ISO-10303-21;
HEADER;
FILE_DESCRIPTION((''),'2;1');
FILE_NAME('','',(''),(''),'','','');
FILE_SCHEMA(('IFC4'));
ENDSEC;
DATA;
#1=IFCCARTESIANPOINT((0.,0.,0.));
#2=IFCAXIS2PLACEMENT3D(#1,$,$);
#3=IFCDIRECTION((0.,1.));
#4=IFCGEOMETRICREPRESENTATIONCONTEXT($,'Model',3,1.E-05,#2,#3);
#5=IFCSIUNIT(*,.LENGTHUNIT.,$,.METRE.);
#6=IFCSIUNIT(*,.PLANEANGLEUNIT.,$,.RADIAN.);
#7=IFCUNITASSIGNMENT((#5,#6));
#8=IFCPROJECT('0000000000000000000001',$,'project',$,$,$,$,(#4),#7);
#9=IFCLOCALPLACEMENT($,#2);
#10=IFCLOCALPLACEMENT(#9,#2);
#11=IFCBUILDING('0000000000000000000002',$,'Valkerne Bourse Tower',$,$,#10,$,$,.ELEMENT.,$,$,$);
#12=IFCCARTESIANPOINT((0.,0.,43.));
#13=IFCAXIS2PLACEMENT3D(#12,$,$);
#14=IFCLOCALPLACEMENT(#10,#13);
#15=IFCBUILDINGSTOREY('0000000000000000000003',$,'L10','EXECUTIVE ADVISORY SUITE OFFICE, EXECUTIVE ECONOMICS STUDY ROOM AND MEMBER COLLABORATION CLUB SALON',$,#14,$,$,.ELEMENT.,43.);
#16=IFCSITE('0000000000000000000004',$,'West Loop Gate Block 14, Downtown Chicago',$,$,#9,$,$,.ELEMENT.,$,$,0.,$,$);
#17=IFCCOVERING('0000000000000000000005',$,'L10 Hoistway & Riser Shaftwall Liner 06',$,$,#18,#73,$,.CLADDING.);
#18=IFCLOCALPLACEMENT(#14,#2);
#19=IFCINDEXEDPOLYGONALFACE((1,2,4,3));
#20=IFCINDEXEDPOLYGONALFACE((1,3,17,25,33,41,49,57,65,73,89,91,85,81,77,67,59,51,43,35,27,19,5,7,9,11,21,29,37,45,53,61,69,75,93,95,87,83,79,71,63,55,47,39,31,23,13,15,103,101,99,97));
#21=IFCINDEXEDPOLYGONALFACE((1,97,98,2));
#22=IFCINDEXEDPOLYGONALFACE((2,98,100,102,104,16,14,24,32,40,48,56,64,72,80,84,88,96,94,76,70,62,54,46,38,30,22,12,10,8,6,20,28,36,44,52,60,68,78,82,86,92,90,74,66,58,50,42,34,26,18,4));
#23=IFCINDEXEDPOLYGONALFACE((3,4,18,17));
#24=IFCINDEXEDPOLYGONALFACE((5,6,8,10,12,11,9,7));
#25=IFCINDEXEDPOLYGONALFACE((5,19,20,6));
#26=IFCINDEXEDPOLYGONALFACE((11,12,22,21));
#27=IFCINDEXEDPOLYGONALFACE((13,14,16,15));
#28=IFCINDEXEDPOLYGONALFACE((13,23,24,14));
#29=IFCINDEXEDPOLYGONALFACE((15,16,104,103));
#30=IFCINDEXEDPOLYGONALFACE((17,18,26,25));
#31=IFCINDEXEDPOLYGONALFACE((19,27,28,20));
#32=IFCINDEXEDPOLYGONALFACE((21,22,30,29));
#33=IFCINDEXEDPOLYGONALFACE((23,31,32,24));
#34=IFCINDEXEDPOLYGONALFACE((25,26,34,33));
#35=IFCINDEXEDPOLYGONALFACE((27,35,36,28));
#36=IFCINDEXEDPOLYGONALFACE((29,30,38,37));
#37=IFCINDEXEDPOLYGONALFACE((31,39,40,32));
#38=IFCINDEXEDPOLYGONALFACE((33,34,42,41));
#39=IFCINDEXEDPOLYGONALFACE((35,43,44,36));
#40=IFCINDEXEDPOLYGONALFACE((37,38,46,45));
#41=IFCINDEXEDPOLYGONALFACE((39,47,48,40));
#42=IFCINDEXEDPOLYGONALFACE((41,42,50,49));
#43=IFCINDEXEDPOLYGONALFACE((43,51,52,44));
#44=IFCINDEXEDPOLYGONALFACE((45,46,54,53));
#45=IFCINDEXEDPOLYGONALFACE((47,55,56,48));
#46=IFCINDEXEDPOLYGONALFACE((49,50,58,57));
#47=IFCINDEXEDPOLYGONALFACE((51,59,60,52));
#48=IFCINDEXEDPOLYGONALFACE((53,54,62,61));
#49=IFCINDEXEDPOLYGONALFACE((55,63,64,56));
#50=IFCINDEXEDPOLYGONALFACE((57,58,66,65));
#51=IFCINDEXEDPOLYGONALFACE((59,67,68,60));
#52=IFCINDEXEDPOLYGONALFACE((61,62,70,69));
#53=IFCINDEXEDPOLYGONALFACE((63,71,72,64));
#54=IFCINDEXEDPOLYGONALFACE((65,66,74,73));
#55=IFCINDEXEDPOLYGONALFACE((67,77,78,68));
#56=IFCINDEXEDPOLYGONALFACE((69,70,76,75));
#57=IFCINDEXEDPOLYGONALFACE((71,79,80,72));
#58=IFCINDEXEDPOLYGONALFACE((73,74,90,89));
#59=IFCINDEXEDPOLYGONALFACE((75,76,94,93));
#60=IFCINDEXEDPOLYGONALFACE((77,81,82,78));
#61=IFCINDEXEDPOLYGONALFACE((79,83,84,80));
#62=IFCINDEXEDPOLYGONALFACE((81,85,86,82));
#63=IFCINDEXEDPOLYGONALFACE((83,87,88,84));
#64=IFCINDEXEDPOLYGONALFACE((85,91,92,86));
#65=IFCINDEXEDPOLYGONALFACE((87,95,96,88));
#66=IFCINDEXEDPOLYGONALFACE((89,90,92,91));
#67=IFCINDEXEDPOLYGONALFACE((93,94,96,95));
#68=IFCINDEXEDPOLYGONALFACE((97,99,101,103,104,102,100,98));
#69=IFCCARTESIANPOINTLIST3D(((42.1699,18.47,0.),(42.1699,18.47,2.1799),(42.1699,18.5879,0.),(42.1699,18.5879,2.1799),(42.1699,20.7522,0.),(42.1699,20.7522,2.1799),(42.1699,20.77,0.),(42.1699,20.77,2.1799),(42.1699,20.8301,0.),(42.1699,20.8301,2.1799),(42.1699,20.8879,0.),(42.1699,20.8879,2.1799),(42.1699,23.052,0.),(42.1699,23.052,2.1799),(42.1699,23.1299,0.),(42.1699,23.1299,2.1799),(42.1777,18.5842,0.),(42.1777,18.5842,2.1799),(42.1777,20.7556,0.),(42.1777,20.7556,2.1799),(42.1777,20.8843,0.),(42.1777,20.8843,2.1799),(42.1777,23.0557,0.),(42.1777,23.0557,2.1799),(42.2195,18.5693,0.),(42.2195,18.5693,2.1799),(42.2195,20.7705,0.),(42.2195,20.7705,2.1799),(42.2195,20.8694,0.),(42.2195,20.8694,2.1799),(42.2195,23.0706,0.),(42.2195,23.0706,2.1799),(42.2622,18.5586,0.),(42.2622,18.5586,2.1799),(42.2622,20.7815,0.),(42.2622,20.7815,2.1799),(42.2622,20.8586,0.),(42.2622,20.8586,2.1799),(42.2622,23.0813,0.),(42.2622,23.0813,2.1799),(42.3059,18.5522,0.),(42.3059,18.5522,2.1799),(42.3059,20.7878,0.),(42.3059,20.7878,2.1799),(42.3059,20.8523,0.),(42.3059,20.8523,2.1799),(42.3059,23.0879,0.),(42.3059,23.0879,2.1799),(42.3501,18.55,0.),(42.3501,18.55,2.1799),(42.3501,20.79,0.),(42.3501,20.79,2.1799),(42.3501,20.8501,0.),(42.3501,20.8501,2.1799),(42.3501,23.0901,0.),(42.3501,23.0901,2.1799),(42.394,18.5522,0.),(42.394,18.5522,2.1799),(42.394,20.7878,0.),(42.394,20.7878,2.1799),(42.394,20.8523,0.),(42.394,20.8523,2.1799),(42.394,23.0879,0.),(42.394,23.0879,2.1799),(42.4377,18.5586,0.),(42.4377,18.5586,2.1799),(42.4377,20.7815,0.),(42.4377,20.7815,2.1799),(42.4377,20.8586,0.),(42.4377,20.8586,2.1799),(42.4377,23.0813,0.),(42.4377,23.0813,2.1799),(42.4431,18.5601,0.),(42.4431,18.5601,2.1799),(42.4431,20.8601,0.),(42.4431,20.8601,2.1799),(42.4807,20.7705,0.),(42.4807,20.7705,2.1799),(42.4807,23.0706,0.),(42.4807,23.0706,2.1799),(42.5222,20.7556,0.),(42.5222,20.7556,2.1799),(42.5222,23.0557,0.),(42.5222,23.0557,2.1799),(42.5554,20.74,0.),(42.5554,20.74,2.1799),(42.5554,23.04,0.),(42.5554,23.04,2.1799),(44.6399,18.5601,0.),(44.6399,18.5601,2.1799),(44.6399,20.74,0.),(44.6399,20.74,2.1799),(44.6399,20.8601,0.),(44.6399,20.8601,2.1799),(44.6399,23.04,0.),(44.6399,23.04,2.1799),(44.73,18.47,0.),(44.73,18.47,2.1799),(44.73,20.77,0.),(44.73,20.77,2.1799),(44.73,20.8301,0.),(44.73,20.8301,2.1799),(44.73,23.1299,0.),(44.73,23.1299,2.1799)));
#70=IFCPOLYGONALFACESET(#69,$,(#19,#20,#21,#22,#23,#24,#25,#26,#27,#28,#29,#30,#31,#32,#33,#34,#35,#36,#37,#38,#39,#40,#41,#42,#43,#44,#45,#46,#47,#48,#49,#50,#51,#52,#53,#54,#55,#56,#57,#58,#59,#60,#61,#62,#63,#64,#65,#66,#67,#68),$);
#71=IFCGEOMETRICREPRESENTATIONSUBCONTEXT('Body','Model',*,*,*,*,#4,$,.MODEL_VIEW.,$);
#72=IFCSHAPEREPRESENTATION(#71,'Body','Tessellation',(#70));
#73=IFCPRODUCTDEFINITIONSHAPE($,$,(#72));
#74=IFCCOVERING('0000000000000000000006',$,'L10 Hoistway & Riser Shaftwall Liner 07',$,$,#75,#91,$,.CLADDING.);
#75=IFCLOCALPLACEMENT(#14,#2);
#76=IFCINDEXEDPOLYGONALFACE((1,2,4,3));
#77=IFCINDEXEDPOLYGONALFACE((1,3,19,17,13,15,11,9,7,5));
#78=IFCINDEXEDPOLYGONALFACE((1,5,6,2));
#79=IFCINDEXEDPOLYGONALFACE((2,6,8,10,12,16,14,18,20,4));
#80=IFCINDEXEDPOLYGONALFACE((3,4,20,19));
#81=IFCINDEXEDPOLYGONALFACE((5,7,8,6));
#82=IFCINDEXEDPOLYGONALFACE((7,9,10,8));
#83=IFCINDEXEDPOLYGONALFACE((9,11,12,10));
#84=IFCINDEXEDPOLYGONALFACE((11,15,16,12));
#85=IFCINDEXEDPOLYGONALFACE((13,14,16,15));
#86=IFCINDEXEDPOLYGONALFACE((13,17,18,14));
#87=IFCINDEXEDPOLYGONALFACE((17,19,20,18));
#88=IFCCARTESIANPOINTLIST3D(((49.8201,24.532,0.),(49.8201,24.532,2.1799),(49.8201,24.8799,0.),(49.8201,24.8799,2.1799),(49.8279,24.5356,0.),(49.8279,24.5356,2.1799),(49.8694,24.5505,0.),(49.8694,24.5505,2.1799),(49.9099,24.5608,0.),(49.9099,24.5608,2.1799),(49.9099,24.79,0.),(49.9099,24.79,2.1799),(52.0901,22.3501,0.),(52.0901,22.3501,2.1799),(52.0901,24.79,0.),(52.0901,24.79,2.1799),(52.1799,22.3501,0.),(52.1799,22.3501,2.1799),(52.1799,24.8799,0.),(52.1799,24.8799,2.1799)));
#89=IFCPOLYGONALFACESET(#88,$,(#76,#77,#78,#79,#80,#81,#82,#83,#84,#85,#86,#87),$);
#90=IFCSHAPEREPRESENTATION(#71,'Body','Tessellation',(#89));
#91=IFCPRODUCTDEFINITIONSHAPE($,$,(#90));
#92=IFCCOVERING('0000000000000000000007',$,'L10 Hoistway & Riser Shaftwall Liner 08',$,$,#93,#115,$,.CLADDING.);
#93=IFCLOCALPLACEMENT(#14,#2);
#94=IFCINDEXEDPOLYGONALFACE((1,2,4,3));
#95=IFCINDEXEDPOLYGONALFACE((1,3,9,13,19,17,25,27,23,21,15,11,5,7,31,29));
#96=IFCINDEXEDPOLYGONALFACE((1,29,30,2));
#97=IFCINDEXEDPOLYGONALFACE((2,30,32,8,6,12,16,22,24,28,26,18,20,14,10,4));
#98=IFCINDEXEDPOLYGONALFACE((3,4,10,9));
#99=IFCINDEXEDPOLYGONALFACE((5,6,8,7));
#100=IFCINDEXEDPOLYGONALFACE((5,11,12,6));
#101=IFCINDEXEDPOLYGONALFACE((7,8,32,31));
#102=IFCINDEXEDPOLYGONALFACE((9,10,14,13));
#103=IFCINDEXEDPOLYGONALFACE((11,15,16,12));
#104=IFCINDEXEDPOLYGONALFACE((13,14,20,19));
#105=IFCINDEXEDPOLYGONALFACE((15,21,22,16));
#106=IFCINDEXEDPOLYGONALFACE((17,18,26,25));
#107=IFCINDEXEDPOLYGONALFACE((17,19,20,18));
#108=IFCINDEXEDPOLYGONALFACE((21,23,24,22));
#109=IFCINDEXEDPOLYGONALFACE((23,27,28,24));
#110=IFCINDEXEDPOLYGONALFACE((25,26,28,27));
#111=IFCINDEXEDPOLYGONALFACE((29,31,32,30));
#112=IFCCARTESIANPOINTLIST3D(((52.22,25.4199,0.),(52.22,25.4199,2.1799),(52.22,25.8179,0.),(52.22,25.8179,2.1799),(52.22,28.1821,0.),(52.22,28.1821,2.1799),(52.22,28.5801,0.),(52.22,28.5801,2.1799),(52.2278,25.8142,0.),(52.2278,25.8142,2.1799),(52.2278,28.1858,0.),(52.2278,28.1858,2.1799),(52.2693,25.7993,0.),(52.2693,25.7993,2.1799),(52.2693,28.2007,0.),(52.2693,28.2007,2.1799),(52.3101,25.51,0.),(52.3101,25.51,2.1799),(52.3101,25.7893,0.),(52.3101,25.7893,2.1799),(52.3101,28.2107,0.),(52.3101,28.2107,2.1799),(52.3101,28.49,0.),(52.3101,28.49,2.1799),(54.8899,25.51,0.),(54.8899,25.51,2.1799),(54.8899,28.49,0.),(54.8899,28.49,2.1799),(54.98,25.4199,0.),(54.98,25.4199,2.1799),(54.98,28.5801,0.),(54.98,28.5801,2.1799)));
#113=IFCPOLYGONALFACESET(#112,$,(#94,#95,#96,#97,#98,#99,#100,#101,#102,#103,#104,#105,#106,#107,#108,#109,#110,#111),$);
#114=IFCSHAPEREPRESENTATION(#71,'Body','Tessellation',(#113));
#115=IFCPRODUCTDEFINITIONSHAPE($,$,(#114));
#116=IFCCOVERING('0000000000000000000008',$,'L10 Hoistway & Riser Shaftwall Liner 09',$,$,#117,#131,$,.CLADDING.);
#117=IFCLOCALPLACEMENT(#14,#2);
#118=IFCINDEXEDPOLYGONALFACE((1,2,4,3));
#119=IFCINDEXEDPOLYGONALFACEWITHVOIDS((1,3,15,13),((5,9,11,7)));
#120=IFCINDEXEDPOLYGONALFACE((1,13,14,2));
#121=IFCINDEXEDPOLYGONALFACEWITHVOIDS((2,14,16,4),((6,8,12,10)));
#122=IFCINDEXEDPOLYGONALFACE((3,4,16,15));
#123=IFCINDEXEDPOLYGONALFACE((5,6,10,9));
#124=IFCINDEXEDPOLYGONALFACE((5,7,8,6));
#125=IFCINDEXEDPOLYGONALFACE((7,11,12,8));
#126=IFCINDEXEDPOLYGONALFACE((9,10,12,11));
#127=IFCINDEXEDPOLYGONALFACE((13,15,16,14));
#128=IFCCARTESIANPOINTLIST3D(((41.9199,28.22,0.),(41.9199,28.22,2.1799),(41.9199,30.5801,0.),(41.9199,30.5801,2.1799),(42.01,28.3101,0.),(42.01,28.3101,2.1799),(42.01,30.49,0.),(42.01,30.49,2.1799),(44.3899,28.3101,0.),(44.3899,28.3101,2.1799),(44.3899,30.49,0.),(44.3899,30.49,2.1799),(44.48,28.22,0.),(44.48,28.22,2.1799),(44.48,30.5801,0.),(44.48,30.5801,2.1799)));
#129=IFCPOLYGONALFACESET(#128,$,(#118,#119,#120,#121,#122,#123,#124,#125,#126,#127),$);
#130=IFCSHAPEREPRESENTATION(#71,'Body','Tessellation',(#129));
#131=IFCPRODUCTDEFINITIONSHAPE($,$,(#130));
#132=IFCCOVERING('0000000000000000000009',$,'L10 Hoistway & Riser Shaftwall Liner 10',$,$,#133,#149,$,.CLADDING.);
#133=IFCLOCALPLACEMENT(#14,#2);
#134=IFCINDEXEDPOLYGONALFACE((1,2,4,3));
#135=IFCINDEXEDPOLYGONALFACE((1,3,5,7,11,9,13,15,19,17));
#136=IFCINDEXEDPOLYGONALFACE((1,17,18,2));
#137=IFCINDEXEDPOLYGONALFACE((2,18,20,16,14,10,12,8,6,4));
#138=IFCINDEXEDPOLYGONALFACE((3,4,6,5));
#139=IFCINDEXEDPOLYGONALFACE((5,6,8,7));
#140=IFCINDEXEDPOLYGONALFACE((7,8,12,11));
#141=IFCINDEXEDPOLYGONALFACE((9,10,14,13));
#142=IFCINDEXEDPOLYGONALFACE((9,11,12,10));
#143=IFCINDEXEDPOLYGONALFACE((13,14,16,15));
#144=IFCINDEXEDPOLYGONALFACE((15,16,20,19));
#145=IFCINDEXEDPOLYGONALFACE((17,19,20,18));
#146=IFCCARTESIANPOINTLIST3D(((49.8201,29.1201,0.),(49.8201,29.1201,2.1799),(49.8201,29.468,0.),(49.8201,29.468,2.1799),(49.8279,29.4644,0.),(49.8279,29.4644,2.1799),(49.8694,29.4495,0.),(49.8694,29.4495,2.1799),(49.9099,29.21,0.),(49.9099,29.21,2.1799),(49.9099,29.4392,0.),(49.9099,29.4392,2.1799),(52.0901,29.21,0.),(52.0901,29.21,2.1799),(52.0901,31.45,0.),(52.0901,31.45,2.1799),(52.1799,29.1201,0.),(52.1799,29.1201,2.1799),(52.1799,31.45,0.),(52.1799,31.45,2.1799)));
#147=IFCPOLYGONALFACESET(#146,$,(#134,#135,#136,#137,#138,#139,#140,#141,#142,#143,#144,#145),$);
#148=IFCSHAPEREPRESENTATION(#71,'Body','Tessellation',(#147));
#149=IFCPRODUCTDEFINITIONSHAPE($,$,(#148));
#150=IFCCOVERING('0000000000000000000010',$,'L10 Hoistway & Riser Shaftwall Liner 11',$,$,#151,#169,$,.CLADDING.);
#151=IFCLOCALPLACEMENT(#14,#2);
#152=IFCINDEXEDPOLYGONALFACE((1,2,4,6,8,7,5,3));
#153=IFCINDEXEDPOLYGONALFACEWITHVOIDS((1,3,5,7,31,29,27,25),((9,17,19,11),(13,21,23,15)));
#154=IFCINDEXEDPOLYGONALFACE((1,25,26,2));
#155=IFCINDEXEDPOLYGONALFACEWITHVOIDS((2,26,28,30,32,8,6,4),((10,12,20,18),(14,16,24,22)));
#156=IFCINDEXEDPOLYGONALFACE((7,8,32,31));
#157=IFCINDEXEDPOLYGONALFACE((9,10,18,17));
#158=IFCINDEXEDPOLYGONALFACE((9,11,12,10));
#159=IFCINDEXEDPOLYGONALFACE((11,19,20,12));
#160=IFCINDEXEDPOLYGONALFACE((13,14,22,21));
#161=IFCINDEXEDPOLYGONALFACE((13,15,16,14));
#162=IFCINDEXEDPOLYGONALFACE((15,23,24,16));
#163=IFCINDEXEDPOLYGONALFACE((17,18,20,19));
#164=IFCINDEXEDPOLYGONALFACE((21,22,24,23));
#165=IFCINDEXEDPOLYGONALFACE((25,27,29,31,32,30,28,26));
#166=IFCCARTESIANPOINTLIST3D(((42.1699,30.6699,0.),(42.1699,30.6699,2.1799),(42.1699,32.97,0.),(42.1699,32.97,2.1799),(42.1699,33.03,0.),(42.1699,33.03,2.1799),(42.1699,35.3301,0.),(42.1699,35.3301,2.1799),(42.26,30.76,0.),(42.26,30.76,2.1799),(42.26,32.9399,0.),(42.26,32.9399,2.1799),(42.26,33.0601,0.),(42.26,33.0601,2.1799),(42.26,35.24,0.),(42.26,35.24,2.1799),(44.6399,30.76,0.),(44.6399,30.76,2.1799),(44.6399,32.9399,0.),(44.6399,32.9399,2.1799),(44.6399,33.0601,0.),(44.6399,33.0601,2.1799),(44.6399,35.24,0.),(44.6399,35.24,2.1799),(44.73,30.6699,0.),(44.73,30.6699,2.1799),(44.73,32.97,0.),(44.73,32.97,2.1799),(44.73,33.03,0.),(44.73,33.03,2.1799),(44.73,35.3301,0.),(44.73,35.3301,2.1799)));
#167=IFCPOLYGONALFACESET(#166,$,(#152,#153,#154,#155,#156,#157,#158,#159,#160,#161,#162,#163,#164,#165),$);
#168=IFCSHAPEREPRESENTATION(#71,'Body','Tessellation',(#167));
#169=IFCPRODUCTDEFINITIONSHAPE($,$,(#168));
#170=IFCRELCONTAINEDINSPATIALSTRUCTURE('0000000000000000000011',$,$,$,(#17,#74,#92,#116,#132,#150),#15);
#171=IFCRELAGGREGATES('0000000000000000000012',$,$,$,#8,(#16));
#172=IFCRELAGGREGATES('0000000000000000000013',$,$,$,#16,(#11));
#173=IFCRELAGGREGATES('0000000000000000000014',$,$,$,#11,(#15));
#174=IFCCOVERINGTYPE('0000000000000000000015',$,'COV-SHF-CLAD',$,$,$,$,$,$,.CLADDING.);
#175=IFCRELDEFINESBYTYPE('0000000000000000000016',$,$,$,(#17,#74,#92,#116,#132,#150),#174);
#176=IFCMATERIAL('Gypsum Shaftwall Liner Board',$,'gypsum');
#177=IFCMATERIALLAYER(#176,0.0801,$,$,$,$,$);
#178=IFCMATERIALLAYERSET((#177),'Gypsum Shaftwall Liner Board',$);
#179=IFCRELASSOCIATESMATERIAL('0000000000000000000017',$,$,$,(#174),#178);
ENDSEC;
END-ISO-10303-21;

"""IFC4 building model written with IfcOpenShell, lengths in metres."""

from ifc_helpers import new_model, si_unit, direction, frame, origin, place, context, subcontext, project, spatial, polyline, outline, extrude, material, layer, layer_set, type_object, element, save


model = new_model("IFC4")

# Units and contexts
model_context = context("Model", 3, precision=1e-05, world=origin(), true_north=direction((0.0, 1.0)))
body_context = subcontext(model_context, "Body", "Model", "MODEL_VIEW")
ifc_project = project(units=[si_unit("LENGTHUNIT", "METRE"), si_unit("PLANEANGLEUNIT", "RADIAN")], contexts=[model_context])

# Site, building, storey
site_placement = place(None, origin())
site = spatial("IfcSite", under=ifc_project, at=site_placement, Name="West Loop Gate Block 14, Downtown Chicago", CompositionType="ELEMENT", RefElevation=0.0)
building_placement = place(site_placement, origin())
building = spatial("IfcBuilding", under=site, at=building_placement, Name="Valkerne Bourse Tower", CompositionType="ELEMENT")
storey_placement = place(building_placement, frame((0.0, 0.0, 43.0)))
storey = spatial("IfcBuildingStorey", under=building, at=storey_placement, Name="L10", Description="EXECUTIVE ADVISORY SUITE OFFICE, EXECUTIVE ECONOMICS STUDY ROOM AND MEMBER COLLABORATION CLUB SALON", CompositionType="ELEMENT", Elevation=43.0)

# Coverings
ifc_material_1 = material(Name="Gypsum Shaftwall Liner Board", Category="gypsum")
ifc_layer_1 = layer(ifc_material_1, 0.0801)
ifc_layer_set_1 = layer_set([ifc_layer_1], Name="Gypsum Shaftwall Liner Board")
covering_type_1 = type_object("IfcCoveringType", Name="COV-SHF-CLAD", PredefinedType="CLADDING", material=ifc_layer_set_1)
covering_1_placement = place(storey_placement, origin())
element("IfcCovering", 1, at=covering_1_placement, inside=storey, type_object=covering_type_1, Name="L10 Hoistway & Riser Shaftwall Liner 06", PredefinedType="CLADDING", context=body_context, shape_type="SweptSolid", body=[
    extrude(outline(polyline([(42.1699, 20.8301), (42.1699, 20.8879), (42.1777, 20.8843), (42.2195, 20.8694), (42.2622, 20.8586), (42.3059, 20.8523), (42.3501, 20.8501), (42.394, 20.8523), (42.4377, 20.8586), (42.4431, 20.8601), (44.6399, 20.8601), (44.6399, 23.04), (42.5554, 23.04), (42.5222, 23.0557), (42.4807, 23.0706), (42.4377, 23.0813), (42.394, 23.0879), (42.3501, 23.0901), (42.3059, 23.0879), (42.2622, 23.0813), (42.2195, 23.0706), (42.1777, 23.0557), (42.1699, 23.052), (42.1699, 23.1299), (44.73, 23.1299), (44.73, 20.8301), (44.73, 20.77), (44.73, 18.47), (42.1699, 18.47), (42.1699, 18.5879), (42.1777, 18.5842), (42.2195, 18.5693), (42.2622, 18.5586), (42.3059, 18.5522), (42.3501, 18.55), (42.394, 18.5522), (42.4377, 18.5586), (42.4431, 18.5601), (44.6399, 18.5601), (44.6399, 20.74), (42.5554, 20.74), (42.5222, 20.7556), (42.4807, 20.7705), (42.4377, 20.7815), (42.394, 20.7878), (42.3501, 20.79), (42.3059, 20.7878), (42.2622, 20.7815), (42.2195, 20.7705), (42.1777, 20.7556), (42.1699, 20.7522), (42.1699, 20.77), (42.1699, 20.8301)])), origin(), (0.0, 0.0, 1.0), 2.1799),
])
covering_2_placement = place(storey_placement, origin())
element("IfcCovering", 2, at=covering_2_placement, inside=storey, type_object=covering_type_1, Name="L10 Hoistway & Riser Shaftwall Liner 07", PredefinedType="CLADDING", context=body_context, shape_type="SweptSolid", body=[
    extrude(outline(polyline([(52.1799, 22.3501), (52.0901, 22.3501), (52.0901, 24.79), (49.9099, 24.79), (49.9099, 24.5608), (49.8694, 24.5505), (49.8279, 24.5356), (49.8201, 24.532), (49.8201, 24.8799), (52.1799, 24.8799), (52.1799, 22.3501)])), origin(), (0.0, 0.0, 1.0), 2.1799),
])
covering_3_placement = place(storey_placement, origin())
element("IfcCovering", 3, at=covering_3_placement, inside=storey, type_object=covering_type_1, Name="L10 Hoistway & Riser Shaftwall Liner 08", PredefinedType="CLADDING", context=body_context, shape_type="SweptSolid", body=[
    extrude(outline(polyline([(54.98, 25.4199), (52.22, 25.4199), (52.22, 25.8179), (52.2278, 25.8142), (52.2693, 25.7993), (52.3101, 25.7893), (52.3101, 25.51), (54.8899, 25.51), (54.8899, 28.49), (52.3101, 28.49), (52.3101, 28.2107), (52.2693, 28.2007), (52.2278, 28.1858), (52.22, 28.1821), (52.22, 28.5801), (54.98, 28.5801), (54.98, 25.4199)])), origin(), (0.0, 0.0, 1.0), 2.1799),
])
covering_4_placement = place(storey_placement, origin())
element("IfcCovering", 4, at=covering_4_placement, inside=storey, type_object=covering_type_1, Name="L10 Hoistway & Riser Shaftwall Liner 09", PredefinedType="CLADDING", context=body_context, shape_type="SweptSolid", body=[
    extrude(outline(polyline([(44.48, 28.22), (41.9199, 28.22), (41.9199, 30.5801), (44.48, 30.5801), (44.48, 28.22)]), holes=[polyline([(42.01, 30.49), (42.01, 28.3101), (44.3899, 28.3101), (44.3899, 30.49), (42.01, 30.49)])]), origin(), (0.0, 0.0, 1.0), 2.1799),
])
covering_5_placement = place(storey_placement, origin())
element("IfcCovering", 5, at=covering_5_placement, inside=storey, type_object=covering_type_1, Name="L10 Hoistway & Riser Shaftwall Liner 10", PredefinedType="CLADDING", context=body_context, shape_type="SweptSolid", body=[
    extrude(outline(polyline([(49.8201, 29.1201), (49.8201, 29.468), (49.8279, 29.4644), (49.8694, 29.4495), (49.9099, 29.4392), (49.9099, 29.21), (52.0901, 29.21), (52.0901, 31.45), (52.1799, 31.45), (52.1799, 29.1201), (49.8201, 29.1201)])), origin(), (0.0, 0.0, 1.0), 2.1799),
])
covering_6_placement = place(storey_placement, origin())
element("IfcCovering", 6, at=covering_6_placement, inside=storey, type_object=covering_type_1, Name="L10 Hoistway & Riser Shaftwall Liner 11", PredefinedType="CLADDING", context=body_context, shape_type="SweptSolid", body=[
    extrude(outline(polyline([(44.73, 35.3301), (44.73, 33.03), (44.73, 32.97), (44.73, 30.6699), (42.1699, 30.6699), (42.1699, 32.97), (42.1699, 33.03), (42.1699, 35.3301), (44.73, 35.3301)]), holes=[polyline([(42.26, 30.76), (44.6399, 30.76), (44.6399, 32.9399), (42.26, 32.9399), (42.26, 30.76)]), polyline([(42.26, 33.0601), (44.6399, 33.0601), (44.6399, 35.24), (42.26, 35.24), (42.26, 33.0601)])]), origin(), (0.0, 0.0, 1.0), 2.1799),
])

save(model, "model.ifc")
